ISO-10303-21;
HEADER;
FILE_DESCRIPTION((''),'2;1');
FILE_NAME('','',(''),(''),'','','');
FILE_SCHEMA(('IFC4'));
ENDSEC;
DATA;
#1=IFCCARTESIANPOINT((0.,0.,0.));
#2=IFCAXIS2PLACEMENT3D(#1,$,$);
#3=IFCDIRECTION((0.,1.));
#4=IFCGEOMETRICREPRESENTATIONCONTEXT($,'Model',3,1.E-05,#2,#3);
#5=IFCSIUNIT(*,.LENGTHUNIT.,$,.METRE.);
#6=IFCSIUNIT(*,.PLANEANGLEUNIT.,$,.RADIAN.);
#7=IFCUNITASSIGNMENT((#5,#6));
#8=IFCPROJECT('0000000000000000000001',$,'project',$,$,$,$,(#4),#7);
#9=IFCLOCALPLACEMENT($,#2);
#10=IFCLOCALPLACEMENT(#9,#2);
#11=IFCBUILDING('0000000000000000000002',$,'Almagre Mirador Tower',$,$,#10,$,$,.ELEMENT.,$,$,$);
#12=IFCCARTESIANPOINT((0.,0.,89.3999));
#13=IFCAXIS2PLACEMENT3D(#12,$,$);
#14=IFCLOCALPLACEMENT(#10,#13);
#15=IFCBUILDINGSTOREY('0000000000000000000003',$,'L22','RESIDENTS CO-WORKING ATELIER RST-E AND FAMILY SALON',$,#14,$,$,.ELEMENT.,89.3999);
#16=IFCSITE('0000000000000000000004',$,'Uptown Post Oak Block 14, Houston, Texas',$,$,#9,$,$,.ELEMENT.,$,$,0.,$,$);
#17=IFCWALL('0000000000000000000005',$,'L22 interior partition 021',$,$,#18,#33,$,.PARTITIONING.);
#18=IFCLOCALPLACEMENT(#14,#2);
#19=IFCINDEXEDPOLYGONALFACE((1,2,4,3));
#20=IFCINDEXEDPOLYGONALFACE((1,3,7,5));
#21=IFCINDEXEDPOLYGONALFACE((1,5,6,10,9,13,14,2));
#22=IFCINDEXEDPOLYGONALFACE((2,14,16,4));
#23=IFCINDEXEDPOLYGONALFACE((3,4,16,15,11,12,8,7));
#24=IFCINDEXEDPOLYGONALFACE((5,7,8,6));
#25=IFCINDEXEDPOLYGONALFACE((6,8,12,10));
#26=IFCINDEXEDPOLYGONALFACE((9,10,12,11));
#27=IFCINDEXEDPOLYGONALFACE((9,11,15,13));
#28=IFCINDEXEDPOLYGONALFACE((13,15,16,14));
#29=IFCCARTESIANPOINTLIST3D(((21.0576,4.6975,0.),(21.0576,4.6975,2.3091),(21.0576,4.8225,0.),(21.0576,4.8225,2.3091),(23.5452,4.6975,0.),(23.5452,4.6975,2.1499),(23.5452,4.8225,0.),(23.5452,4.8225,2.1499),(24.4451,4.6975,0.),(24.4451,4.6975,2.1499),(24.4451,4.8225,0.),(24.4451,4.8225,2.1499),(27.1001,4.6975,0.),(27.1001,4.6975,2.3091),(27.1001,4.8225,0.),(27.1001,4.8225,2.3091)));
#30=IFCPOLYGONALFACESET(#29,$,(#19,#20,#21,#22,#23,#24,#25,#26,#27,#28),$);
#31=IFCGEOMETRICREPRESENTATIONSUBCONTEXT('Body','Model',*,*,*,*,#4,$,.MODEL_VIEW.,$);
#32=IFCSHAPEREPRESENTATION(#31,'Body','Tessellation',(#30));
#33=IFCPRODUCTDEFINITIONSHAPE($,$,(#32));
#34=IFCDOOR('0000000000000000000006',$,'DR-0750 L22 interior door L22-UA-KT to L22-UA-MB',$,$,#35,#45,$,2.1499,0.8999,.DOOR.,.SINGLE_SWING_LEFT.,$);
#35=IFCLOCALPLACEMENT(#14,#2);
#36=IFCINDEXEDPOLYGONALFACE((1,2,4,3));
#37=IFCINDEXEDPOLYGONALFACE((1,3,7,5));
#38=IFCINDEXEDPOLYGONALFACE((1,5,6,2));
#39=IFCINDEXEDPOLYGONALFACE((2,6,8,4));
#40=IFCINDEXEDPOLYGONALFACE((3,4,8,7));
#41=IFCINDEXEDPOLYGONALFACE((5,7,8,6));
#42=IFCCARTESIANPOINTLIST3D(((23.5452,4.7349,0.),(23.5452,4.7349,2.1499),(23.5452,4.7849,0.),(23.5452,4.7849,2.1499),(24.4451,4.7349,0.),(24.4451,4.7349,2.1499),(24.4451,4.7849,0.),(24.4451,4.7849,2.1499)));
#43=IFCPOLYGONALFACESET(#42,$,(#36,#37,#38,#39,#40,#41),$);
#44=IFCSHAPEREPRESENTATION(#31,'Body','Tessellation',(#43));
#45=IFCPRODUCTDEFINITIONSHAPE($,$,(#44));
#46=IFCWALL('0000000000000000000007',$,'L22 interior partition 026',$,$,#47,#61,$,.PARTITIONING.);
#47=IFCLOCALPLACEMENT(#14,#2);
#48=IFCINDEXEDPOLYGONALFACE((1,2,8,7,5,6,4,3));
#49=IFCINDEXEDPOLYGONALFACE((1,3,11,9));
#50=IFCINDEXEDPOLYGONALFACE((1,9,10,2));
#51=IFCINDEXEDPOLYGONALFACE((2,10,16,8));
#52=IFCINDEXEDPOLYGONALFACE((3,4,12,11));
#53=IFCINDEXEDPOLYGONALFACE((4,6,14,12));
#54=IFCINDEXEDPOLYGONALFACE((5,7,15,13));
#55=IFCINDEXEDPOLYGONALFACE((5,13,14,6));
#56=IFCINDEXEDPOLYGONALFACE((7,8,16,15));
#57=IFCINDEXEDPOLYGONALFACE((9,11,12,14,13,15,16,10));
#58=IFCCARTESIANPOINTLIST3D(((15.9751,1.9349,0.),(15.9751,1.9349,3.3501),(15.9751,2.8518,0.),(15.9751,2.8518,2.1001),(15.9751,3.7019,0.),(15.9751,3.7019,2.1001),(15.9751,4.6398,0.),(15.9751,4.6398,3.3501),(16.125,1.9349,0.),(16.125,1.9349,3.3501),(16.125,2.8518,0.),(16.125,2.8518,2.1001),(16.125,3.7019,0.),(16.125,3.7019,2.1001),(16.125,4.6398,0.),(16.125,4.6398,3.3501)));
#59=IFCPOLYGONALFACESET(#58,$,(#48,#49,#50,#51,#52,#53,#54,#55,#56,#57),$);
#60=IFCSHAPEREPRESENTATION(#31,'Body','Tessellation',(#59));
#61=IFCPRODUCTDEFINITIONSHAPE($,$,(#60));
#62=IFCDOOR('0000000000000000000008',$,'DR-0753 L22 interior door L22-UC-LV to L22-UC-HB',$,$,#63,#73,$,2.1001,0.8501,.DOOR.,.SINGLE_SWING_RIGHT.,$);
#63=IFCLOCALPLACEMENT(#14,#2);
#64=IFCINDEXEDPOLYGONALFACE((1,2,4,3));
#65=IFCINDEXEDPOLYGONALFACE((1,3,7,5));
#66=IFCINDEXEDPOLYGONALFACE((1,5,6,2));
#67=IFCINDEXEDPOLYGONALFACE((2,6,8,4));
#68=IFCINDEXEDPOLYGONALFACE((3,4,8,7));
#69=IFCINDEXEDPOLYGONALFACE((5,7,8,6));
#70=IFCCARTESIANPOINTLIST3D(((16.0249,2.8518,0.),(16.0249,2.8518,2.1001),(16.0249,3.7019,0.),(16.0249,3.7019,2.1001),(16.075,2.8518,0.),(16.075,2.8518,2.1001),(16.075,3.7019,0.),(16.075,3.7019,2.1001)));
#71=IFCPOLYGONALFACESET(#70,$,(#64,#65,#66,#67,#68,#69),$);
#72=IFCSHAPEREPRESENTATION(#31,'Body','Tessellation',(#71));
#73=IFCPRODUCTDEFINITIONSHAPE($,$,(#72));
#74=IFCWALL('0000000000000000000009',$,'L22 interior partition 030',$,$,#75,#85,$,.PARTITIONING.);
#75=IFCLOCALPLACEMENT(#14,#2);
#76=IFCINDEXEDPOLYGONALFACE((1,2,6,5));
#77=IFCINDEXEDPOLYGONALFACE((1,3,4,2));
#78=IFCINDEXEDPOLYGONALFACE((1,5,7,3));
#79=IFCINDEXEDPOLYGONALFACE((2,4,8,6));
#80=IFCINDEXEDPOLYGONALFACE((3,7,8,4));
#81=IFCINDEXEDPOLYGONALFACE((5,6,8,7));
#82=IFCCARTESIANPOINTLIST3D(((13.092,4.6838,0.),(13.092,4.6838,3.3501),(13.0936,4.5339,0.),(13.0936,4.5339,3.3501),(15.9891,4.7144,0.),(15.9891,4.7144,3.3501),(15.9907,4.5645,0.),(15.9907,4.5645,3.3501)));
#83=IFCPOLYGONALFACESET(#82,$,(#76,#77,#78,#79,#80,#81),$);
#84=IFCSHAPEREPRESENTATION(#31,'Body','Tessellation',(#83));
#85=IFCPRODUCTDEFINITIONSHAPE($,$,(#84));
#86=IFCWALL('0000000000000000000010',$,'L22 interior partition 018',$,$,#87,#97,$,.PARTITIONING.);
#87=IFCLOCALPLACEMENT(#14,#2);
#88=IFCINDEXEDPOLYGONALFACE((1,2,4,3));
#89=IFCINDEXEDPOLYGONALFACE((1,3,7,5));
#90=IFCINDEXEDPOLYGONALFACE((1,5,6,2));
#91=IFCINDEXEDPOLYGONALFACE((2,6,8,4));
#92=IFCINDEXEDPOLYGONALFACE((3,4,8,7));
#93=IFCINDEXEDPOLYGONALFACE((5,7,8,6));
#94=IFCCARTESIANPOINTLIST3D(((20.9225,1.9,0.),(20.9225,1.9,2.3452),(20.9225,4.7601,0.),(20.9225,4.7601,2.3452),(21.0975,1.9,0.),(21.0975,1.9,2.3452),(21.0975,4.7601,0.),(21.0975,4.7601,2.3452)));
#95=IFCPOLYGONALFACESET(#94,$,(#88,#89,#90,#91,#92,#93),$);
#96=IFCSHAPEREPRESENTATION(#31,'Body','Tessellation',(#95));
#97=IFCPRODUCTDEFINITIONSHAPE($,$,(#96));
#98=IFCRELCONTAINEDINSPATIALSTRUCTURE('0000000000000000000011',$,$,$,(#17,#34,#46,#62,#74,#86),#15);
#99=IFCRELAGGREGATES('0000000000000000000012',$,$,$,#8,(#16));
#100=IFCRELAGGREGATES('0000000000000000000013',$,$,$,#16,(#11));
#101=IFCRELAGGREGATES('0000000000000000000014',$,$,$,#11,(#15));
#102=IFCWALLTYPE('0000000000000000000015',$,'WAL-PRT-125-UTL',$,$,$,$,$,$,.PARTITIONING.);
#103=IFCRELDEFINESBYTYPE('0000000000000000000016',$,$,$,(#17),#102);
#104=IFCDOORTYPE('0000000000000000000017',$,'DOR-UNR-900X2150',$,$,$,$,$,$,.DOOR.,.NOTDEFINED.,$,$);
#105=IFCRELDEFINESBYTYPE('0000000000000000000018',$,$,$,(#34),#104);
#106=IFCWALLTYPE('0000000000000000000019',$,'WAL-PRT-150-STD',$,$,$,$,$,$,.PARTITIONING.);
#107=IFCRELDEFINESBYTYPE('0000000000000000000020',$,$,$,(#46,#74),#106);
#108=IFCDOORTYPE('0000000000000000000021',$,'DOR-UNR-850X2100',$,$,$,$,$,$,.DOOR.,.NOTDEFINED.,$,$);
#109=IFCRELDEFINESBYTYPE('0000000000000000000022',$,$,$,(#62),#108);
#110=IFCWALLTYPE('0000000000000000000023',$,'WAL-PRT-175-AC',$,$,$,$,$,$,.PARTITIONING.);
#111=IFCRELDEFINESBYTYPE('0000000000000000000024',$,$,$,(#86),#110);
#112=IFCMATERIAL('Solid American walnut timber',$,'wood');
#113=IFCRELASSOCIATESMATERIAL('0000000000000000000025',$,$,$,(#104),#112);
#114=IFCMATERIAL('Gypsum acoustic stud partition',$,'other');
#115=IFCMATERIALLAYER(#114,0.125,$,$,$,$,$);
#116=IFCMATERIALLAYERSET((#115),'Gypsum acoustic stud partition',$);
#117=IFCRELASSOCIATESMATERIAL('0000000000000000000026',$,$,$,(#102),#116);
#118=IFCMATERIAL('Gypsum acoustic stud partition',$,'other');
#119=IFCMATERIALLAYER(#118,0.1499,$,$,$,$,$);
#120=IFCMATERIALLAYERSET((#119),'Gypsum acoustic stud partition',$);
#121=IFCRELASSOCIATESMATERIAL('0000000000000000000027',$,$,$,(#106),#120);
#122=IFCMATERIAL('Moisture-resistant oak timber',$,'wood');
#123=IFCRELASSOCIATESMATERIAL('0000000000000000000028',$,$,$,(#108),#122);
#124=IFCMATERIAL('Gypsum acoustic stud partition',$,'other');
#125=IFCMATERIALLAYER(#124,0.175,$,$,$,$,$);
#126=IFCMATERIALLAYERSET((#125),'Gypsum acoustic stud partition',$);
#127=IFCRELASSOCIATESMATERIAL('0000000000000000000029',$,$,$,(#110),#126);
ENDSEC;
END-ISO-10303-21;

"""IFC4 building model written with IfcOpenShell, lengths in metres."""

from ifc_helpers import new_model, si_unit, direction, frame, frame_2d, origin, place, context, subcontext, project, spatial, rectangle, extrude, material, layer, layer_set, type_object, element, fill, save


model = new_model("IFC4")

# Units and contexts
model_context = context("Model", 3, precision=1e-05, world=origin(), true_north=direction((0.0, 1.0)))
body_context = subcontext(model_context, "Body", "Model", "MODEL_VIEW")
ifc_project = project(units=[si_unit("LENGTHUNIT", "METRE"), si_unit("PLANEANGLEUNIT", "RADIAN")], contexts=[model_context])

# Site, building, storey
site_placement = place(None, origin())
site = spatial("IfcSite", under=ifc_project, at=site_placement, Name="Uptown Post Oak Block 14, Houston, Texas", CompositionType="ELEMENT", RefElevation=0.0)
building_placement = place(site_placement, origin())
building = spatial("IfcBuilding", under=site, at=building_placement, Name="Almagre Mirador Tower", CompositionType="ELEMENT")
storey_placement = place(building_placement, frame((0.0, 0.0, 89.3999)))
storey = spatial("IfcBuildingStorey", under=building, at=storey_placement, Name="L22", Description="RESIDENTS CO-WORKING ATELIER RST-E AND FAMILY SALON", CompositionType="ELEMENT", Elevation=89.3999)

# Shared definitions
ifc_material_1 = material(Name="Solid American walnut timber", Category="wood")
door_type_1 = type_object("IfcDoorType", Name="DOR-UNR-900X2150", OperationType="NOTDEFINED", PredefinedType="DOOR", material=ifc_material_1)
ifc_material_2 = material(Name="Gypsum acoustic stud partition", Category="other")
ifc_layer_1 = layer(ifc_material_2, 0.125)
ifc_layer_set_1 = layer_set([ifc_layer_1], Name="Gypsum acoustic stud partition")
wall_type_1 = type_object("IfcWallType", Name="WAL-PRT-125-UTL", PredefinedType="PARTITIONING", material=ifc_layer_set_1)

# Walls, openings, doors
wall_1_placement = place(storey_placement, frame((21.0576, 4.76, 0.0), z_axis=(0.0, 0.0, 1.0), x_axis=(1.0, 0.0, 0.0)))
wall_1 = element("IfcWall", 1, at=wall_1_placement, inside=storey, type_object=wall_type_1, Name="L22 interior partition 021", PredefinedType="PARTITIONING", context=body_context, shape_type="SweptSolid", body=[
    extrude(rectangle(XDim=6.0425, YDim=0.125, at=frame_2d((3.0212, 0.0))), origin(), (0.0, 0.0, 1.0), 2.3091),
])
opening_1_placement = place(wall_1_placement, frame((2.4875, 0.0, 0.0)))
opening_1 = element("IfcOpeningElement", 2, at=opening_1_placement, cuts=wall_1, PredefinedType="OPENING", context=body_context, shape_type="SweptSolid", body=[
    extrude(rectangle(XDim=0.8999, YDim=2.1499, at=frame_2d((0.45, 1.075))), frame((0.0, 0.0725, 0.0), z_axis=(0.0, -1.0, 0.0), x_axis=(1.0, 0.0, 0.0)), (0.0, 0.0, 1.0), 0.145),
])
door_1_placement = place(opening_1_placement, origin())
door_1 = element("IfcDoor", 3, at=door_1_placement, inside=storey, type_object=door_type_1, Name="DR-0750 L22 interior door L22-UA-KT to L22-UA-MB", OperationType="SINGLE_SWING_LEFT", OverallHeight=2.1499, OverallWidth=0.8999, PredefinedType="DOOR", context=body_context, shape_type="SweptSolid", body=[
    extrude(rectangle(XDim=0.8999, YDim=2.1499, at=frame_2d((0.45, 1.075))), frame((0.0, 0.0249, 0.0), z_axis=(0.0, -1.0, 0.0), x_axis=(1.0, 0.0, 0.0)), (0.0, 0.0, 1.0), 0.05),
])
fill(opening_1, door_1)
ifc_material_3 = material(Name="Gypsum acoustic stud partition", Category="other")
ifc_layer_2 = layer(ifc_material_3, 0.1499)
ifc_layer_set_2 = layer_set([ifc_layer_2], Name="Gypsum acoustic stud partition")
wall_type_2 = type_object("IfcWallType", Name="WAL-PRT-150-STD", PredefinedType="PARTITIONING", material=ifc_layer_set_2)
wall_2_placement = place(storey_placement, frame((16.05, 4.6399, 0.0), z_axis=(0.0, 0.0, 1.0), x_axis=(0.0, -1.0, 0.0)))
wall_2 = element("IfcWall", 4, at=wall_2_placement, inside=storey, type_object=wall_type_2, Name="L22 interior partition 026", PredefinedType="PARTITIONING", context=body_context, shape_type="SweptSolid", body=[
    extrude(rectangle(XDim=2.7048, YDim=0.1499, at=frame_2d((1.3525, 0.0))), origin(), (0.0, 0.0, 1.0), 3.3501),
])
opening_2_placement = place(wall_2_placement, frame((0.938, 0.0, 0.0)))
opening_2 = element("IfcOpeningElement", 5, at=opening_2_placement, cuts=wall_2, PredefinedType="OPENING", context=body_context, shape_type="SweptSolid", body=[
    extrude(rectangle(XDim=0.8501, YDim=2.1001, at=frame_2d((0.425, 1.05))), frame((0.0, 0.085, 0.0), z_axis=(0.0, -1.0, 0.0), x_axis=(1.0, 0.0, 0.0)), (0.0, 0.0, 1.0), 0.1699),
])
ifc_material_4 = material(Name="Moisture-resistant oak timber", Category="wood")
door_type_2 = type_object("IfcDoorType", Name="DOR-UNR-850X2100", OperationType="NOTDEFINED", PredefinedType="DOOR", material=ifc_material_4)
door_2_placement = place(opening_2_placement, origin())
door_2 = element("IfcDoor", 6, at=door_2_placement, inside=storey, type_object=door_type_2, Name="DR-0753 L22 interior door L22-UC-LV to L22-UC-HB", OperationType="SINGLE_SWING_RIGHT", OverallHeight=2.1001, OverallWidth=0.8501, PredefinedType="DOOR", context=body_context, shape_type="SweptSolid", body=[
    extrude(rectangle(XDim=0.8501, YDim=2.1001, at=frame_2d((0.425, 1.05))), frame((0.0, 0.0249, 0.0), z_axis=(0.0, -1.0, 0.0), x_axis=(1.0, 0.0, 0.0)), (0.0, 0.0, 1.0), 0.05),
])
fill(opening_2, door_2)

# Walls
wall_3_placement = place(storey_placement, frame((15.99, 4.6394, 0.0), z_axis=(0.0, 0.0, 1.0), x_axis=(-0.999945, -0.010534, 0.0)))
element("IfcWall", 7, at=wall_3_placement, inside=storey, type_object=wall_type_2, Name="L22 interior partition 030", PredefinedType="PARTITIONING", context=body_context, shape_type="SweptSolid", body=[
    extrude(rectangle(XDim=2.8972, YDim=0.1499, at=frame_2d((1.4487, 0.0))), origin(), (0.0, 0.0, 1.0), 3.3501),
])
ifc_material_5 = material(Name="Gypsum acoustic stud partition", Category="other")
ifc_layer_3 = layer(ifc_material_5, 0.175)
ifc_layer_set_3 = layer_set([ifc_layer_3], Name="Gypsum acoustic stud partition")
wall_type_3 = type_object("IfcWallType", Name="WAL-PRT-175-AC", PredefinedType="PARTITIONING", material=ifc_layer_set_3)
wall_4_placement = place(storey_placement, frame((21.01, 1.8999, 0.0), z_axis=(0.0, 0.0, 1.0), x_axis=(0.0, 1.0, 0.0)))
element("IfcWall", 8, at=wall_4_placement, inside=storey, type_object=wall_type_3, Name="L22 interior partition 018", PredefinedType="PARTITIONING", context=body_context, shape_type="SweptSolid", body=[
    extrude(rectangle(XDim=2.8601, YDim=0.175, at=frame_2d((1.4302, 0.0))), origin(), (0.0, 0.0, 1.0), 2.3452),
])

save(model, "model.ifc")
